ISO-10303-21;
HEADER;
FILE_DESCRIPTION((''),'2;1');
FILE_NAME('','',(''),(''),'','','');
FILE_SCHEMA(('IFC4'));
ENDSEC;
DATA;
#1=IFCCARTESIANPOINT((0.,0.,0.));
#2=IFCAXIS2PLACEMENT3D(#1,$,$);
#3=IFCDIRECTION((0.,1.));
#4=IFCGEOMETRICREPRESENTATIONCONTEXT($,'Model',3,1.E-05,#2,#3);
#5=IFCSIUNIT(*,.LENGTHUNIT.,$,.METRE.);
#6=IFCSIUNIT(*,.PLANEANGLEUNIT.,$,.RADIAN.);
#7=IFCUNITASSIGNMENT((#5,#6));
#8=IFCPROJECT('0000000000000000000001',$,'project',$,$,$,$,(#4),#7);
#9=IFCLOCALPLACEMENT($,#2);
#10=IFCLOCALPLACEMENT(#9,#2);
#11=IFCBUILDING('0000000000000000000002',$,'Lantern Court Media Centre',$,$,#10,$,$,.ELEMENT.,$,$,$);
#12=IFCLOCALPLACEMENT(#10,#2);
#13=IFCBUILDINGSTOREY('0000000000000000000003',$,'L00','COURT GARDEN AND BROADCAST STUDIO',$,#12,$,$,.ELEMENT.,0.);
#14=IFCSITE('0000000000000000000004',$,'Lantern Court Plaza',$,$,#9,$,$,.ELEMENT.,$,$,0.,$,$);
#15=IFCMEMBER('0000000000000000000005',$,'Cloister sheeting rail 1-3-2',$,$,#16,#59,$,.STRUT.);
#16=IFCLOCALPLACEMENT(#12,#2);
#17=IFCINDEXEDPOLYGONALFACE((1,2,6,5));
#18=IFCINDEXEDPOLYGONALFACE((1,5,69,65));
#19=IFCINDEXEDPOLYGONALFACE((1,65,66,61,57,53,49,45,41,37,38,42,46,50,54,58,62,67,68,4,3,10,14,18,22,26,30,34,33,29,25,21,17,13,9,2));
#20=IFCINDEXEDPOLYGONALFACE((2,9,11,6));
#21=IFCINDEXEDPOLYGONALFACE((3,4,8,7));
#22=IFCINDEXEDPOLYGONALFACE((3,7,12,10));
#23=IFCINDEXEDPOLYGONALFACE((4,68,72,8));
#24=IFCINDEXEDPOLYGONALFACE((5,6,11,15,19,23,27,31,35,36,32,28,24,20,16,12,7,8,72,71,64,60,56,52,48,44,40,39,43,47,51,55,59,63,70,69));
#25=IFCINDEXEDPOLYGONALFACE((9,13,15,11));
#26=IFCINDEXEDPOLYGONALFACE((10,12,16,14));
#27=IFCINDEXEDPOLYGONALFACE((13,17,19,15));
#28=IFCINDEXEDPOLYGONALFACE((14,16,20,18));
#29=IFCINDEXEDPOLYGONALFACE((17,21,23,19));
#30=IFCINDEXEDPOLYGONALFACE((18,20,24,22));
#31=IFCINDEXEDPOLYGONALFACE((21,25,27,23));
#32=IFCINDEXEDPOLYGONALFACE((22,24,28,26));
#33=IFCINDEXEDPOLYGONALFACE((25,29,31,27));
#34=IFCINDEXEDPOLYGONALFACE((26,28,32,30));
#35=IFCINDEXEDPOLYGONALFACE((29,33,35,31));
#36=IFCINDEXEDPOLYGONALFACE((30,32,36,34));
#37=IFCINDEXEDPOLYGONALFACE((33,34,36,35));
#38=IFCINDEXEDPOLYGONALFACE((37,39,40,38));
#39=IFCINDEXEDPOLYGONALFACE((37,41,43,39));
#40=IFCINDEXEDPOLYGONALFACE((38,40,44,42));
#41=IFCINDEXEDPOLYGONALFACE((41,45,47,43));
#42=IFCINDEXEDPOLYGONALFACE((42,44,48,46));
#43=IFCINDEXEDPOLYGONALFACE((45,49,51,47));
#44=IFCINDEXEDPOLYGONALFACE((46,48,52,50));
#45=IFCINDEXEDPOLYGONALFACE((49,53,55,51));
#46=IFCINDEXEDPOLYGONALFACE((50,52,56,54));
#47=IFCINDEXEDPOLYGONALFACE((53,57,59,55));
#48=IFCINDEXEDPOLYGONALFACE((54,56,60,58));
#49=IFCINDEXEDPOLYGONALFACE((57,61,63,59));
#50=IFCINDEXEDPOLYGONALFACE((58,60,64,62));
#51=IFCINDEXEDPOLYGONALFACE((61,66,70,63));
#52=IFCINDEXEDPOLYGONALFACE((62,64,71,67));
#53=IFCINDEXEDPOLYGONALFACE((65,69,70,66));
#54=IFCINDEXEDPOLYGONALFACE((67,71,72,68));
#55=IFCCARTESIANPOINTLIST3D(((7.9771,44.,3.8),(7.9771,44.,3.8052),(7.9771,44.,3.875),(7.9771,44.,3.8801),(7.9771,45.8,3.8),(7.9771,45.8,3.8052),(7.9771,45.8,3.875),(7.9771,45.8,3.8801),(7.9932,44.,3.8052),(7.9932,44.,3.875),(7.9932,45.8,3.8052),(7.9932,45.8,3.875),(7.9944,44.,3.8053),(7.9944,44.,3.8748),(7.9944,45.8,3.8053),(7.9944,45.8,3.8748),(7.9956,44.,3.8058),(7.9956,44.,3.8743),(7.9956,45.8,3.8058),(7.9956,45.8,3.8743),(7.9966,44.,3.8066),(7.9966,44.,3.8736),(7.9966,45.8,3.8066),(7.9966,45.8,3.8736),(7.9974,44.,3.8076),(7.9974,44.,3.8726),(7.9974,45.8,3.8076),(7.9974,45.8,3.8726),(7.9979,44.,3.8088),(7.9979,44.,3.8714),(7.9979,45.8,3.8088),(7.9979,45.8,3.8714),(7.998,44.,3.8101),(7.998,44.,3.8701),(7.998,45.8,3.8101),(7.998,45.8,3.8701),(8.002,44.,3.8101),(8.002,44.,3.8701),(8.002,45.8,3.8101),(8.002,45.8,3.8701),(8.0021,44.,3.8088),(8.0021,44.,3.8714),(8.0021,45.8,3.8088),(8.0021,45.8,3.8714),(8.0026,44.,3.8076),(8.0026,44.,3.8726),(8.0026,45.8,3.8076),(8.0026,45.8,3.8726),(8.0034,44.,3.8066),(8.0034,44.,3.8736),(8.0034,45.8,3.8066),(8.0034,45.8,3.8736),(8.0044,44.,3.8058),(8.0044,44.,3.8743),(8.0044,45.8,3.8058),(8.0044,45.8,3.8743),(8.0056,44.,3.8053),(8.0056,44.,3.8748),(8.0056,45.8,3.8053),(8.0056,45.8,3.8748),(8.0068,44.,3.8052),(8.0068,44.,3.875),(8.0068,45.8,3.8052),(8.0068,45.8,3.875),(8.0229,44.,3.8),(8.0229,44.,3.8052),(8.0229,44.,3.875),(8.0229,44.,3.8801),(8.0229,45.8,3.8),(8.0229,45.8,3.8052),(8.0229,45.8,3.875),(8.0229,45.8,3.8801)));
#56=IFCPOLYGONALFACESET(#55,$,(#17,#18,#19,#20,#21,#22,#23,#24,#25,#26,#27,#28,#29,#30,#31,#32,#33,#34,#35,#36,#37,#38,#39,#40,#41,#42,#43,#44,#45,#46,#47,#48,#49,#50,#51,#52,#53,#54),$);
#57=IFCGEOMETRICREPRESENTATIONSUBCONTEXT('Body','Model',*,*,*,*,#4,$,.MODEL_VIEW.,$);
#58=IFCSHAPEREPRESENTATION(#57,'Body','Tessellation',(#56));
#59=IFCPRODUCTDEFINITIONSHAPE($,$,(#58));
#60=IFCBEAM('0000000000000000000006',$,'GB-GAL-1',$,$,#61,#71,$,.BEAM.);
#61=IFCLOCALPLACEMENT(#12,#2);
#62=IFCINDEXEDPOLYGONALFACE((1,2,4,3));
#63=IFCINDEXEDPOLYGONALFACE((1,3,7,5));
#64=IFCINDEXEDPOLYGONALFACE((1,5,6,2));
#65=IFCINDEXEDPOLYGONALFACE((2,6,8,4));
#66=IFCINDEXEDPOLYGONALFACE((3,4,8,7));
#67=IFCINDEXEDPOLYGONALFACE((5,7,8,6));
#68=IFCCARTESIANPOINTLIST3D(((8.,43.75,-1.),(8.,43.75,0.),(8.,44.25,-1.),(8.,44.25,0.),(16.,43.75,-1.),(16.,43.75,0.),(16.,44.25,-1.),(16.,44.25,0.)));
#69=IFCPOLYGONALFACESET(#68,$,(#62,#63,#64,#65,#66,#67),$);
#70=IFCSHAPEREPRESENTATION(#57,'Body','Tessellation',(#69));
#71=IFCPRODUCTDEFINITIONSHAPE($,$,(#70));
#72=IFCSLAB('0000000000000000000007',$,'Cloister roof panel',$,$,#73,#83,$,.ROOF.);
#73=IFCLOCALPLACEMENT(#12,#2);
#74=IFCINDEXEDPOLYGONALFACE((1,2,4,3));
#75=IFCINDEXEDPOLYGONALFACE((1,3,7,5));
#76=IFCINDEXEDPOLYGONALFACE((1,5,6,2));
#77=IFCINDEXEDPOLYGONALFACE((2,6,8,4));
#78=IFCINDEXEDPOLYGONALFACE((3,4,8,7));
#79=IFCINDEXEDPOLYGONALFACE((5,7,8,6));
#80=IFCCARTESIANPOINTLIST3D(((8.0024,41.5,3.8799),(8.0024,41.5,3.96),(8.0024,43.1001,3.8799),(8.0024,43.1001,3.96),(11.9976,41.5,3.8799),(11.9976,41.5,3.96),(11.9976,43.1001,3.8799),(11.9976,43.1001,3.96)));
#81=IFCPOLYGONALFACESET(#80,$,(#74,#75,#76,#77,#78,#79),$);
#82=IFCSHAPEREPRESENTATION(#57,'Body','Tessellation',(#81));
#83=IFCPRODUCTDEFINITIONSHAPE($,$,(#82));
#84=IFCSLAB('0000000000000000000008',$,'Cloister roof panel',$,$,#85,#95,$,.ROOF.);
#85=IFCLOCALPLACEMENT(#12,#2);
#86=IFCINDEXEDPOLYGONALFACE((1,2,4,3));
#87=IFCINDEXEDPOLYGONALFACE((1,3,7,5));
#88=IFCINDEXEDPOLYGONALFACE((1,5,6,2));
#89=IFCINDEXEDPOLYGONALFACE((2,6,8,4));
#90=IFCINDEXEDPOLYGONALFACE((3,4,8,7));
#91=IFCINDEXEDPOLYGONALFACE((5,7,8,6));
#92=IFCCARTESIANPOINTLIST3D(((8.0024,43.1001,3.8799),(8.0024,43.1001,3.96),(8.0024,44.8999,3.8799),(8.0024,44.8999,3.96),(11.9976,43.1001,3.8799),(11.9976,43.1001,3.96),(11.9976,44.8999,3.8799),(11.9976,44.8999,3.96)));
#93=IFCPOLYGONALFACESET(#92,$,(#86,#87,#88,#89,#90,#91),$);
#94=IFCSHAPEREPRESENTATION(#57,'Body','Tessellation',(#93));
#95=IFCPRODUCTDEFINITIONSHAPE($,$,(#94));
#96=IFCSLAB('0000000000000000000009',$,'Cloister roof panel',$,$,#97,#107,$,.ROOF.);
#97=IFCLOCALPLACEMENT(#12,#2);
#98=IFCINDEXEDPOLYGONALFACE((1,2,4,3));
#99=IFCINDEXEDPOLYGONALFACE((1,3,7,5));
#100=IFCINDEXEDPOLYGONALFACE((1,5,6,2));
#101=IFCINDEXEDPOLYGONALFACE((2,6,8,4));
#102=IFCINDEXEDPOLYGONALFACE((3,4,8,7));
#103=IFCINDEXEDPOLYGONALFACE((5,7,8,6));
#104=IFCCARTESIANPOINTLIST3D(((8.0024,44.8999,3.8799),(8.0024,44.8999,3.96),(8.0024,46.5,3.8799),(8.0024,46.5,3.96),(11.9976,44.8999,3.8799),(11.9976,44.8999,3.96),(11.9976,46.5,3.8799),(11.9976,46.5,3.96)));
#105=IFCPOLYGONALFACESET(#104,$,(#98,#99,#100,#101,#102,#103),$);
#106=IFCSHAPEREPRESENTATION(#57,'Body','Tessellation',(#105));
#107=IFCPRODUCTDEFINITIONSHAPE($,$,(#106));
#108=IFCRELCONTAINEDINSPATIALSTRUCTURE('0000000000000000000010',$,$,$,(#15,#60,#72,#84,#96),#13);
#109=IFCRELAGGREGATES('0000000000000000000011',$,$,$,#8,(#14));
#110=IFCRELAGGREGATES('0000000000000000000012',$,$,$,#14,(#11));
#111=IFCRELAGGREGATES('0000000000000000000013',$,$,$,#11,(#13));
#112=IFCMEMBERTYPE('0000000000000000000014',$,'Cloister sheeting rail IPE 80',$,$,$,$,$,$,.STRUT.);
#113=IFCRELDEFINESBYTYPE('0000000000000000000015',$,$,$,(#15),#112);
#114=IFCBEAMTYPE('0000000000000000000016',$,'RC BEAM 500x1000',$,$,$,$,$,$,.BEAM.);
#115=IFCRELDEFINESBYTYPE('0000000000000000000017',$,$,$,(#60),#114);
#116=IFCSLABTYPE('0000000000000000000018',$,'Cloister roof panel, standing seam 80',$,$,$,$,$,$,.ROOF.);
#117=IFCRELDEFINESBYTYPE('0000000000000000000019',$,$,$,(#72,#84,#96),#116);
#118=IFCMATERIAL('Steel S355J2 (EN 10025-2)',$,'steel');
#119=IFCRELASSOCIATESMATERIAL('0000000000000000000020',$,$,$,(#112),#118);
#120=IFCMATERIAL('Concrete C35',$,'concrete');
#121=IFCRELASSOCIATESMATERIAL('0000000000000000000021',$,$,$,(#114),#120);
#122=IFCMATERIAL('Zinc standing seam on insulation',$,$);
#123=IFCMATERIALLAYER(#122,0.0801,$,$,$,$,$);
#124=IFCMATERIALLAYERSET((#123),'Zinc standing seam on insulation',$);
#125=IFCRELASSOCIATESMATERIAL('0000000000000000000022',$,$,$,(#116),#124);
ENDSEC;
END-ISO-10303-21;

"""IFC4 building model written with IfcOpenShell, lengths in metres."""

from ifc_helpers import new_model, si_unit, direction, frame, origin, origin_2d, place, context, subcontext, project, spatial, polyline, rectangle, i_section, outline, extrude, material, layer, layer_set, material_profile, profile_set, type_object, element, save


model = new_model("IFC4")

# Units and contexts
model_context = context("Model", 3, precision=1e-05, world=origin(), true_north=direction((0.0, 1.0)))
body_context = subcontext(model_context, "Body", "Model", "MODEL_VIEW")
ifc_project = project(units=[si_unit("LENGTHUNIT", "METRE"), si_unit("PLANEANGLEUNIT", "RADIAN")], contexts=[model_context])

# Site, building, storey
site_placement = place(None, origin())
site = spatial("IfcSite", under=ifc_project, at=site_placement, Name="Lantern Court Plaza", CompositionType="ELEMENT", RefElevation=0.0)
building_placement = place(site_placement, origin())
building = spatial("IfcBuilding", under=site, at=building_placement, Name="Lantern Court Media Centre", CompositionType="ELEMENT")
storey_placement = place(building_placement, origin())
storey = spatial("IfcBuildingStorey", under=building, at=storey_placement, Name="L00", Description="COURT GARDEN AND BROADCAST STUDIO", CompositionType="ELEMENT", Elevation=0.0)

# Shared definitions
ifc_material_1 = material(Name="Steel S355J2 (EN 10025-2)", Category="steel")

# Member
ifc_material_profile_1 = material_profile(ifc_material_1, i_section(OverallWidth=0.0459, OverallDepth=0.0801, WebThickness=0.0039, FlangeThickness=0.0051, FilletRadius=0.0049, at=origin_2d()), Name="IPE 80")
ifc_profile_set_1 = profile_set([ifc_material_profile_1], Name="Steel S355J2 (EN 10025-2)")
member_type_1 = type_object("IfcMemberType", Name="Cloister sheeting rail IPE 80", PredefinedType="STRUT", material=ifc_profile_set_1)
for number, where, z_axis, x_axis, name in (
    (1, (8.0, 44.0, 3.8401), (0.0, 1.0, 0.0), (-1.0, 0.0, 0.0), "Cloister sheeting rail 1-3-2"),
):
    element("IfcMember", number, at=place(storey_placement, frame(where, z_axis=z_axis, x_axis=x_axis)), inside=storey, type_object=member_type_1, Name=name, PredefinedType="STRUT", context=body_context, shape_type="SweptSolid", body=[
        extrude(i_section(OverallWidth=0.0459, OverallDepth=0.0801, WebThickness=0.0039, FlangeThickness=0.0051, FilletRadius=0.0049, at=origin_2d()), origin(), (0.0, 0.0, 1.0), 1.8),
    ])

# Beam
ifc_material_2 = material(Name="Concrete C35", Category="concrete")
ifc_material_profile_2 = material_profile(ifc_material_2, rectangle(XDim=0.5, YDim=1.0, at=origin_2d()), Name="RC 500x1000")
ifc_profile_set_2 = profile_set([ifc_material_profile_2], Name="Concrete C35")
beam_type_1 = type_object("IfcBeamType", Name="RC BEAM 500x1000", PredefinedType="BEAM", material=ifc_profile_set_2)
beam_1_placement = place(storey_placement, frame((8.0, 44.0, -0.5), z_axis=(1.0, 0.0, 0.0), x_axis=(0.0, 1.0, 0.0)))
element("IfcBeam", 2, at=beam_1_placement, inside=storey, type_object=beam_type_1, Name="GB-GAL-1", PredefinedType="BEAM", context=body_context, shape_type="SweptSolid", body=[
    extrude(rectangle(XDim=0.5, YDim=1.0, at=origin_2d()), origin(), (0.0, 0.0, 1.0), 8.0),
])

# Slabs
ifc_material_3 = material(Name="Zinc standing seam on insulation")
ifc_layer_1 = layer(ifc_material_3, 0.0801)
ifc_layer_set_1 = layer_set([ifc_layer_1], Name="Zinc standing seam on insulation")
slab_type = type_object("IfcSlabType", Name="Cloister roof panel, standing seam 80", PredefinedType="ROOF", material=ifc_layer_set_1)
slab_1_placement = place(storey_placement, frame((8.0024, 41.5, 3.96), z_axis=(0.0, 0.0, 1.0), x_axis=(1.0, 0.0, 0.0)))
element("IfcSlab", 3, at=slab_1_placement, inside=storey, type_object=slab_type, Name="Cloister roof panel", PredefinedType="ROOF", context=body_context, shape_type="SweptSolid", body=[
    extrude(outline(polyline([(0.0, 0.0), (3.9951, 0.0), (3.9951, 1.6001), (0.0, 1.6001), (0.0, 0.0)])), origin(), (0.0, 0.0, -1.0), 0.0801),
])
slab_2_placement = place(storey_placement, frame((8.0024, 43.1001, 3.96), z_axis=(0.0, 0.0, 1.0), x_axis=(1.0, 0.0, 0.0)))
element("IfcSlab", 4, at=slab_2_placement, inside=storey, type_object=slab_type, Name="Cloister roof panel", PredefinedType="ROOF", context=body_context, shape_type="SweptSolid", body=[
    extrude(outline(polyline([(0.0, 0.0), (3.9951, 0.0), (3.9951, 1.7998), (0.0, 1.7998), (0.0, 0.0)])), origin(), (0.0, 0.0, -1.0), 0.0801),
])
slab_3_placement = place(storey_placement, frame((8.0024, 44.8999, 3.96), z_axis=(0.0, 0.0, 1.0), x_axis=(1.0, 0.0, 0.0)))
element("IfcSlab", 5, at=slab_3_placement, inside=storey, type_object=slab_type, Name="Cloister roof panel", PredefinedType="ROOF", context=body_context, shape_type="SweptSolid", body=[
    extrude(outline(polyline([(0.0, 0.0), (3.9951, 0.0), (3.9951, 1.6001), (0.0, 1.6001), (0.0, 0.0)])), origin(), (0.0, 0.0, -1.0), 0.0801),
])

save(model, "model.ifc")
